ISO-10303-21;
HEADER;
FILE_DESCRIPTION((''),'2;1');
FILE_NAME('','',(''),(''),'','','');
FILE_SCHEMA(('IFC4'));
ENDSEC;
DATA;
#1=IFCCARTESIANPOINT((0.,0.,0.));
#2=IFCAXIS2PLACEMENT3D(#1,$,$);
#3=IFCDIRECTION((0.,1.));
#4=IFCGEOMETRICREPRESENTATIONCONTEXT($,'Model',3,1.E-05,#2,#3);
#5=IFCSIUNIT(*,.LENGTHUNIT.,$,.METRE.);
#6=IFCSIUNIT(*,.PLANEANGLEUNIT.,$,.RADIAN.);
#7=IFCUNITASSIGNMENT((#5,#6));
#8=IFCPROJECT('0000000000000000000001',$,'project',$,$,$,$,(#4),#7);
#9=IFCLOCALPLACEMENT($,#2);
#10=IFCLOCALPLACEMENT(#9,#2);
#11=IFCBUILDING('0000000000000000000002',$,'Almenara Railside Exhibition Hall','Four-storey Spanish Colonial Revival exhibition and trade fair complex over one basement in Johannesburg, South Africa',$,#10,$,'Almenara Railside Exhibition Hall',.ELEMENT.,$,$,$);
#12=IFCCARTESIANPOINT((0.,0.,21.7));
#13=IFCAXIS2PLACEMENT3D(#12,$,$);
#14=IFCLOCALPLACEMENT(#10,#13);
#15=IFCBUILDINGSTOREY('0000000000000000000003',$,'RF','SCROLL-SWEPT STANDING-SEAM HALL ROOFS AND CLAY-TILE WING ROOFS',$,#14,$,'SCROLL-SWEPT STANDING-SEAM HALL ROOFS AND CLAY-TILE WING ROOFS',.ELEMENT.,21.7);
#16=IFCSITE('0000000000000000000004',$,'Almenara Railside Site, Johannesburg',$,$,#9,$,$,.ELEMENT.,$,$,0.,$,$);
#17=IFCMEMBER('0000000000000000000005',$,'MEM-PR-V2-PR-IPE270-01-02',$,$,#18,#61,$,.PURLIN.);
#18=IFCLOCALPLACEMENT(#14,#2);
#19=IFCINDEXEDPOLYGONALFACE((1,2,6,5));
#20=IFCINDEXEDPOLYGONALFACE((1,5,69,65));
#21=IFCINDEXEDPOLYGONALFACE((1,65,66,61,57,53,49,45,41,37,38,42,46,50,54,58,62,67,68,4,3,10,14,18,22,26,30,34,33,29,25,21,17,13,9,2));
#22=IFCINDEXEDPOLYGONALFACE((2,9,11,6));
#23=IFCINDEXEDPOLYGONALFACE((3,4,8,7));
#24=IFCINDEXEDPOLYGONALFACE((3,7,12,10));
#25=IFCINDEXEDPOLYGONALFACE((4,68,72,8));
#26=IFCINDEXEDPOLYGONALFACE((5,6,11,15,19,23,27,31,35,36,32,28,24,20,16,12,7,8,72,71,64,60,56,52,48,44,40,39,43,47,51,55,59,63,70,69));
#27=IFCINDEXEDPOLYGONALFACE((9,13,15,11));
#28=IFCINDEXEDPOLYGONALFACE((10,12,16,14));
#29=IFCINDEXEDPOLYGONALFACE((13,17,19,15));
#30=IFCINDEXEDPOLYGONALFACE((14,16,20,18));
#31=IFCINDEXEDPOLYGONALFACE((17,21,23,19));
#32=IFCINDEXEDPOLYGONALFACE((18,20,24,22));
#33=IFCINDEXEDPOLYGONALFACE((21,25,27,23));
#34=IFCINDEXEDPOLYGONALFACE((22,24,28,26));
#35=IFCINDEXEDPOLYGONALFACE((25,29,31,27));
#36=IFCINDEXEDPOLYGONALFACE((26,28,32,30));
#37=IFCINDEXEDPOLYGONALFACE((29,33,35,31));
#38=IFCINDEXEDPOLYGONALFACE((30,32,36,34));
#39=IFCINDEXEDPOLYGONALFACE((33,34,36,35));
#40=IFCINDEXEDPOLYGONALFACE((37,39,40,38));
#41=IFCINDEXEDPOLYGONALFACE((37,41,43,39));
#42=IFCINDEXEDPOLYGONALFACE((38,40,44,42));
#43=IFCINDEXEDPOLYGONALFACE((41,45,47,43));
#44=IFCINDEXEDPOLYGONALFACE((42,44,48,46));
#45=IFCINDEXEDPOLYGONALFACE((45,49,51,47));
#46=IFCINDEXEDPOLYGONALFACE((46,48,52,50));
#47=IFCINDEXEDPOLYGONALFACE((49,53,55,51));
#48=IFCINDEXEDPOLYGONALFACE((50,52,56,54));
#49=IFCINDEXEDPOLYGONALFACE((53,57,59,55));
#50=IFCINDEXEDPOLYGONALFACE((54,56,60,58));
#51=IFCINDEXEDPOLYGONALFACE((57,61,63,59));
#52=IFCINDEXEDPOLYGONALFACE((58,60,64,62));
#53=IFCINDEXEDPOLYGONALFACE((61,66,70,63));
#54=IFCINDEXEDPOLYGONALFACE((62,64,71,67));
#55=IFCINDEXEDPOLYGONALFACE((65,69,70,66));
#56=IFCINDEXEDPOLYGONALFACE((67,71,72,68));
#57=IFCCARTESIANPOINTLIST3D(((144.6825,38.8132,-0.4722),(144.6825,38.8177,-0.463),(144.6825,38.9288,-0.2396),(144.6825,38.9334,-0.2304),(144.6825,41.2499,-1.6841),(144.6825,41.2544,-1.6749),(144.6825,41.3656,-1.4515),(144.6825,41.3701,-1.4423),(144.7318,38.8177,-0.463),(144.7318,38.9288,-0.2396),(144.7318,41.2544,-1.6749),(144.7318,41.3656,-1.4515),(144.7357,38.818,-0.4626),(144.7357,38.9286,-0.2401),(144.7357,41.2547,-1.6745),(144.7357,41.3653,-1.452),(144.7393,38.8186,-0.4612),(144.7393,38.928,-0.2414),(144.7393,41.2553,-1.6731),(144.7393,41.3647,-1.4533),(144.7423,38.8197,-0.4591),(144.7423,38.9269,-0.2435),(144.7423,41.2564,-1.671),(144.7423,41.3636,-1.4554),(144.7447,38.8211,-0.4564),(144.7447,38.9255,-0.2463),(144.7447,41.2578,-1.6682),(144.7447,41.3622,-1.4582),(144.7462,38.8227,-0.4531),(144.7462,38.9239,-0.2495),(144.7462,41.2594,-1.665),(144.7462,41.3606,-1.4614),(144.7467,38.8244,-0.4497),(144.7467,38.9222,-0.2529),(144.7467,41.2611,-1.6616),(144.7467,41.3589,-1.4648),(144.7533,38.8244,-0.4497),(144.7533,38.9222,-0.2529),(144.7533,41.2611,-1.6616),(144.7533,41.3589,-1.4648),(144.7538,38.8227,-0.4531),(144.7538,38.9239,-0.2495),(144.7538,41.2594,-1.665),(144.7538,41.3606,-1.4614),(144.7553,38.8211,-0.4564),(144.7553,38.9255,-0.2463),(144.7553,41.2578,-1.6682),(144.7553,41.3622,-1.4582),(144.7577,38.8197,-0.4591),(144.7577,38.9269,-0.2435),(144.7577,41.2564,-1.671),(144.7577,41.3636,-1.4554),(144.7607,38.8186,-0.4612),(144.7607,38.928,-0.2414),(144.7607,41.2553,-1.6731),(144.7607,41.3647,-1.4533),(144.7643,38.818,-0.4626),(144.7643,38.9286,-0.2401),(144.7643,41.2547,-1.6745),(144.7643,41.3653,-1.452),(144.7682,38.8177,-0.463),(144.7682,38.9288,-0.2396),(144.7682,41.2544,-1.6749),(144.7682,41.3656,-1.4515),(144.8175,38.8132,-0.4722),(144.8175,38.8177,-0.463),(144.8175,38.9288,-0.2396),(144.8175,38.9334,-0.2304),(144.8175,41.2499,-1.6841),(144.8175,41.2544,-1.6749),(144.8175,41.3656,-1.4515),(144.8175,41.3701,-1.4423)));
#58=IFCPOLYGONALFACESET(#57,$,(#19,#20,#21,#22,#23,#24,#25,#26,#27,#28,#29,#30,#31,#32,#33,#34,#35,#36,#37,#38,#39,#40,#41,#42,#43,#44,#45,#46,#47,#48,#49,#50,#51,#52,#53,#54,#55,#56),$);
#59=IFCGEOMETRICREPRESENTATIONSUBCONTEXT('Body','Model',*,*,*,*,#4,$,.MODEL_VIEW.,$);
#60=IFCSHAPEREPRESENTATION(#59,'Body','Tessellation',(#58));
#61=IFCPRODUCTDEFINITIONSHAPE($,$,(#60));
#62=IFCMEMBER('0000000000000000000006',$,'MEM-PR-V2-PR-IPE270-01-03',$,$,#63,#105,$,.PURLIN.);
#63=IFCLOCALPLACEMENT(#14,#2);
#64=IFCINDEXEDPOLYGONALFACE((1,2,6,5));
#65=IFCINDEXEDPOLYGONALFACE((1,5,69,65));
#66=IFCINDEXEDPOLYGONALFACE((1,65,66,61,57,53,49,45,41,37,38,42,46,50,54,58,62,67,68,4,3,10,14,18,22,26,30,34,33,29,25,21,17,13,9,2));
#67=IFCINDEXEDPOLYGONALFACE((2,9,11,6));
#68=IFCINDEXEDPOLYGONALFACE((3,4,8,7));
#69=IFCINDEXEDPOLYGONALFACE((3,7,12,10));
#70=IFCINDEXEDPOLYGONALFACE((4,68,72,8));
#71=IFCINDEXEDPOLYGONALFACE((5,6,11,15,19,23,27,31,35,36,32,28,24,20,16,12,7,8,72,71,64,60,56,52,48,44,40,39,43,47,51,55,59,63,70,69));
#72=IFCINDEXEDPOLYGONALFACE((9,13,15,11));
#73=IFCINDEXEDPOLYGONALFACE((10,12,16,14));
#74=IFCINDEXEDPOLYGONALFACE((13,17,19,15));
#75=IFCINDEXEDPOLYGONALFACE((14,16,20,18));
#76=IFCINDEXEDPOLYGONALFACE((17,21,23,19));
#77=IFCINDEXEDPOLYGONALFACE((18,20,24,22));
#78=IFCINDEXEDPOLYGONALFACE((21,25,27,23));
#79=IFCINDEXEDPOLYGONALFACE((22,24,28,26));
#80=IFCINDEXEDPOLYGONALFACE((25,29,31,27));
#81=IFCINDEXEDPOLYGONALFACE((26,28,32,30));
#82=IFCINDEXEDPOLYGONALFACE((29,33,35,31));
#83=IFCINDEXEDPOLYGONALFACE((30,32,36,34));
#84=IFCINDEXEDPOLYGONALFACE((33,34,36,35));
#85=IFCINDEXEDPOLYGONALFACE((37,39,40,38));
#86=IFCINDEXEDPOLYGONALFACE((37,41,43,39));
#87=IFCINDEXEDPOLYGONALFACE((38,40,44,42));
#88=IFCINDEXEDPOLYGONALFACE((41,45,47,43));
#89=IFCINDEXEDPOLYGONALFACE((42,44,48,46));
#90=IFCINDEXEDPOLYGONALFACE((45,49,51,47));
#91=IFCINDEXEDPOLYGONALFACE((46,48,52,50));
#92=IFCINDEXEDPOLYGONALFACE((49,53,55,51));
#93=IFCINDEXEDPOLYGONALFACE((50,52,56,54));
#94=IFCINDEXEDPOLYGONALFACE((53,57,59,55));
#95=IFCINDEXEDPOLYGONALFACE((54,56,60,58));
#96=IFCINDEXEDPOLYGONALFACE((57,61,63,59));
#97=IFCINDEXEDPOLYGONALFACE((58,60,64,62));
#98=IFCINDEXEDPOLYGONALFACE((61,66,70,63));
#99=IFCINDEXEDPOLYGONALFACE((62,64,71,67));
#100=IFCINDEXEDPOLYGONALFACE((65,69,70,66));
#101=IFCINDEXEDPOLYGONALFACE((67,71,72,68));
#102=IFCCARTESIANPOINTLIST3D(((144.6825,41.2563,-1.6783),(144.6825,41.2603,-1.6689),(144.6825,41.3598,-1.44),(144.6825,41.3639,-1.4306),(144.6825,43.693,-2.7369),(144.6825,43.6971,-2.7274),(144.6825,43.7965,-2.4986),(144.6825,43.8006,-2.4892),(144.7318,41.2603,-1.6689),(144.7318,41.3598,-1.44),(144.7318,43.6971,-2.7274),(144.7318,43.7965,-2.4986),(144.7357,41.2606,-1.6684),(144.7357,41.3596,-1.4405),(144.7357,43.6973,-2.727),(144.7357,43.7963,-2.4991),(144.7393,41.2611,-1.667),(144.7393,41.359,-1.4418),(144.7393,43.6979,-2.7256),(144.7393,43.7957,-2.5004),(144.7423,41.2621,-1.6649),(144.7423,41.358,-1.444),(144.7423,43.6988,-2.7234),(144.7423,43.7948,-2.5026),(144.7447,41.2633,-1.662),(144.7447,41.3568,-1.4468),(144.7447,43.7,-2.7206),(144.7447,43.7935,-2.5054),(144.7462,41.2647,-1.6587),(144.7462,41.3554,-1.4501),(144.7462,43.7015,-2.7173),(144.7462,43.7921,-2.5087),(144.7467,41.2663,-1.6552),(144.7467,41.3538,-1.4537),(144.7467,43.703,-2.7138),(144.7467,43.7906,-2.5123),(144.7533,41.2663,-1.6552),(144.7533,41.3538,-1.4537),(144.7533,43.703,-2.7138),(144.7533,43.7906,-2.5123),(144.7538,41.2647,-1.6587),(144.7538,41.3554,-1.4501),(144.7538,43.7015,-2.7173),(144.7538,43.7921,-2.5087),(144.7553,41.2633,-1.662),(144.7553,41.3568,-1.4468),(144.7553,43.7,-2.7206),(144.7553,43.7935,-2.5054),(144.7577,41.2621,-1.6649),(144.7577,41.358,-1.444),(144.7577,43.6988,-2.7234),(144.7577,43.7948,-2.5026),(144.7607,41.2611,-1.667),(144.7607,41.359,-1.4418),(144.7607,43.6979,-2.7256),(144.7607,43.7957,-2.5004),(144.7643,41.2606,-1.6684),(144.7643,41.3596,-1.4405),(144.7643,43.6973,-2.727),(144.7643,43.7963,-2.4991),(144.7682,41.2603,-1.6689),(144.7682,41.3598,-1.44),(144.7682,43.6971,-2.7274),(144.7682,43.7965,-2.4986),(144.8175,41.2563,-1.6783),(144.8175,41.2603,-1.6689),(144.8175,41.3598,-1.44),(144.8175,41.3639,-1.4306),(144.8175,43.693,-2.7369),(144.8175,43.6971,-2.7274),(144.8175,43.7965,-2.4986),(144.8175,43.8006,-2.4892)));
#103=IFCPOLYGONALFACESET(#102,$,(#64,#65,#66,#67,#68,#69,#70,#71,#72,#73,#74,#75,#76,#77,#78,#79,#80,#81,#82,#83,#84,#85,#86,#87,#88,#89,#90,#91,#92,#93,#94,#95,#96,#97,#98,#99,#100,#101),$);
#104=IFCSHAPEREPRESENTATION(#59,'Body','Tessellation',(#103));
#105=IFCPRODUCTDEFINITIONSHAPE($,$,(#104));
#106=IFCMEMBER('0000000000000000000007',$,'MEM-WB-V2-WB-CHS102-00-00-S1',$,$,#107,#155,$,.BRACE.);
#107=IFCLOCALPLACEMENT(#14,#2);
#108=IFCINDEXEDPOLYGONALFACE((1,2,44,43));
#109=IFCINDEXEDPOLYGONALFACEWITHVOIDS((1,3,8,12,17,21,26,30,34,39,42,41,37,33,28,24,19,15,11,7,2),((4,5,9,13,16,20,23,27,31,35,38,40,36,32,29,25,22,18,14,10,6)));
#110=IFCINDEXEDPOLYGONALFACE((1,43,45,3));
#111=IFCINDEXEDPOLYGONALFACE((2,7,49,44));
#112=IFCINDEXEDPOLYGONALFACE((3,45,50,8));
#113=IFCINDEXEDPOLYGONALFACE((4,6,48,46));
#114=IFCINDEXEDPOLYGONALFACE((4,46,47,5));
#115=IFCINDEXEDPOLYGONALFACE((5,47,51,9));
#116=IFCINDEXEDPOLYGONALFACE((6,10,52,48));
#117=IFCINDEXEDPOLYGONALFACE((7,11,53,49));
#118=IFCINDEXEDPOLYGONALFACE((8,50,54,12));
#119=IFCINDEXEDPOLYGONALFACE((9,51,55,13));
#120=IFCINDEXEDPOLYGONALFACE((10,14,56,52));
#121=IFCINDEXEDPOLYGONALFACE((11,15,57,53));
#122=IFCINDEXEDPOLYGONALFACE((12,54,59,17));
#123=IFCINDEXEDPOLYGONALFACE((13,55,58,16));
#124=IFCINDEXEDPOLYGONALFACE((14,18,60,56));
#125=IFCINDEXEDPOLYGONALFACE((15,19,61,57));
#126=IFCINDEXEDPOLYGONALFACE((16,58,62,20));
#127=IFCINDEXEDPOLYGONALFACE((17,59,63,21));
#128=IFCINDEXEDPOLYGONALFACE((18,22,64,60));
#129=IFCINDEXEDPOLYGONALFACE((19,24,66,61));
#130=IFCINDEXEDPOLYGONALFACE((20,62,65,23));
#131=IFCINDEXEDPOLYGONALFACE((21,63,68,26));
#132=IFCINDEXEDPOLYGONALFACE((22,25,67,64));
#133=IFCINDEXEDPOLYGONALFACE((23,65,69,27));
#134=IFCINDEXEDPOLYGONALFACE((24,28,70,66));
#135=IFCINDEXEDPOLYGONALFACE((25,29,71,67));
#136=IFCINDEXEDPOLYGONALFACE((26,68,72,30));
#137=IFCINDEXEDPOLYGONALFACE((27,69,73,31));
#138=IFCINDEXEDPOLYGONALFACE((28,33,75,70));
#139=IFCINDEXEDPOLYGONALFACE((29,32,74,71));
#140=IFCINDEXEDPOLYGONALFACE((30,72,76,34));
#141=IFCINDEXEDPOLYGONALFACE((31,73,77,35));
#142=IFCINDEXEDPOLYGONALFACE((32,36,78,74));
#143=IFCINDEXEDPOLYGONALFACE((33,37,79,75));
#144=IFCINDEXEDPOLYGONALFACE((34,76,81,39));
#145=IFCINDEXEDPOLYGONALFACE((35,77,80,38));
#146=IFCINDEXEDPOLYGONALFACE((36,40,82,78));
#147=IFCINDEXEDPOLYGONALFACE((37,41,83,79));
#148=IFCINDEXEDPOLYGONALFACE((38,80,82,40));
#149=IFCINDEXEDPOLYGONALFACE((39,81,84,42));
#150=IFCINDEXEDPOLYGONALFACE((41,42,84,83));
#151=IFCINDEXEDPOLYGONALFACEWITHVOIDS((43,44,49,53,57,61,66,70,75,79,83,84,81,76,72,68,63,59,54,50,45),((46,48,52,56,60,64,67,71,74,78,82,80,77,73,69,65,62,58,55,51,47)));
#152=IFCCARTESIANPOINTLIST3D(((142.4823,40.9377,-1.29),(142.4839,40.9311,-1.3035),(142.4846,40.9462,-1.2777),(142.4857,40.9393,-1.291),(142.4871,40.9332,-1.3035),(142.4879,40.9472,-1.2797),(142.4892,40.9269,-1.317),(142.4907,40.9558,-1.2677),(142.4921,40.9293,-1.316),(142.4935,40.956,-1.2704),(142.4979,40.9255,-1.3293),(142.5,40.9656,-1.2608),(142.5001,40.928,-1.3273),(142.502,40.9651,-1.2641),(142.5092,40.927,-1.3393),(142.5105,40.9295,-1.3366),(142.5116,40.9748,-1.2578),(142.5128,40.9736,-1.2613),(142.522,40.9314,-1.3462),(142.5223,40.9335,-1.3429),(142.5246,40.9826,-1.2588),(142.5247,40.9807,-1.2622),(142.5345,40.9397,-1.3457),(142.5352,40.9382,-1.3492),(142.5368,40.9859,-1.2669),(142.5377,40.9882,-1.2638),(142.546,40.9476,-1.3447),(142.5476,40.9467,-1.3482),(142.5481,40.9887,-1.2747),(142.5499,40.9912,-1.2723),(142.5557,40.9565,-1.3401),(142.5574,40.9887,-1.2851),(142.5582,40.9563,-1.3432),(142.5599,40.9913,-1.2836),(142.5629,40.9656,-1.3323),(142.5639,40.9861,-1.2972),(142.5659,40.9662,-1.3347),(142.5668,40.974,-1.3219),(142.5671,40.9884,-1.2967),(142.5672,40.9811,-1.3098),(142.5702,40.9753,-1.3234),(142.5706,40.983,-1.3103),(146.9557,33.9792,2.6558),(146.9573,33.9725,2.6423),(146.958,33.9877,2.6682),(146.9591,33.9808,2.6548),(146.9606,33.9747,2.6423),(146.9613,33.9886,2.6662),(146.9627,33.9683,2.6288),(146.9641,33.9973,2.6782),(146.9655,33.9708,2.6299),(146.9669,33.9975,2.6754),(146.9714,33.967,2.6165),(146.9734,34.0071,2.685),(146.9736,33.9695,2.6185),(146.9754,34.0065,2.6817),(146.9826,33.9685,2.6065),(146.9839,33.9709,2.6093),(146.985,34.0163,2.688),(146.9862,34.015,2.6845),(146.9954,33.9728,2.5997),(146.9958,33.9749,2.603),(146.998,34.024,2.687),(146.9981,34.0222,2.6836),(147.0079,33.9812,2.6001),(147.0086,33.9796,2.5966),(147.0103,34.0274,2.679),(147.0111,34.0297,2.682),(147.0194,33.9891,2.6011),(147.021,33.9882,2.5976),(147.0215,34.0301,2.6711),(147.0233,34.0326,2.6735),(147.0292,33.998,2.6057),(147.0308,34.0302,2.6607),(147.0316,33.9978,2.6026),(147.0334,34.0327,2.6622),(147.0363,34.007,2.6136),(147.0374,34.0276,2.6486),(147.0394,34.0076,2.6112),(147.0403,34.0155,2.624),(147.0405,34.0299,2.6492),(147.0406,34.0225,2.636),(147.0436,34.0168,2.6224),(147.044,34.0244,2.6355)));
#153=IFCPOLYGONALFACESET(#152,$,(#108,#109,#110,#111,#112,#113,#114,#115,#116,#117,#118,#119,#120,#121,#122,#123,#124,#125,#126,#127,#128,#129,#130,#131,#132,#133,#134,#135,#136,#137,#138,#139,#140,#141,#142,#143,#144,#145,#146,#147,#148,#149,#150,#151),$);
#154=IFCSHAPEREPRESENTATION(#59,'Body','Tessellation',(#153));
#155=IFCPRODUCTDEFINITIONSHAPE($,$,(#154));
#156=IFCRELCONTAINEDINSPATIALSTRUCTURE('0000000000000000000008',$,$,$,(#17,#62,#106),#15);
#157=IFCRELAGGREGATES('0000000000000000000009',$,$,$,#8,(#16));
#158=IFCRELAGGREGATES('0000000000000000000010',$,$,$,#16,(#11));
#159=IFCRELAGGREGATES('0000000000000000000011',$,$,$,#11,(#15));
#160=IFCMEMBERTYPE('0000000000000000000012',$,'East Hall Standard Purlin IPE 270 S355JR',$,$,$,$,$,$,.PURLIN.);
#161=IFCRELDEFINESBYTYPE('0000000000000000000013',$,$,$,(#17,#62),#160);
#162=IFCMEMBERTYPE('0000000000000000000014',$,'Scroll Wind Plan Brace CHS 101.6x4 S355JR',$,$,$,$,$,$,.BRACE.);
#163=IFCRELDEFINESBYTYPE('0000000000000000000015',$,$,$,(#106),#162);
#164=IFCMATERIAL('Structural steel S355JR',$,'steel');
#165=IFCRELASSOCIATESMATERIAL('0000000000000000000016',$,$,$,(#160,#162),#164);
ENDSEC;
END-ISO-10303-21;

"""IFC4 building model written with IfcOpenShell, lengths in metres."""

from ifc_helpers import new_model, si_unit, direction, frame, origin, origin_2d, place, context, subcontext, project, spatial, hollow_circle, i_section, extrude, material, material_profile, profile_set, type_object, element, save


model = new_model("IFC4")

# Units and contexts
model_context = context("Model", 3, precision=1e-05, world=origin(), true_north=direction((0.0, 1.0)))
body_context = subcontext(model_context, "Body", "Model", "MODEL_VIEW")
ifc_project = project(units=[si_unit("LENGTHUNIT", "METRE"), si_unit("PLANEANGLEUNIT", "RADIAN")], contexts=[model_context])

# Site, building, storey
site_placement = place(None, origin())
site = spatial("IfcSite", under=ifc_project, at=site_placement, Name="Almenara Railside Site, Johannesburg", CompositionType="ELEMENT", RefElevation=0.0)
building_placement = place(site_placement, origin())
building = spatial("IfcBuilding", under=site, at=building_placement, Name="Almenara Railside Exhibition Hall", Description="Four-storey Spanish Colonial Revival exhibition and trade fair complex over one basement in Johannesburg, South Africa", LongName="Almenara Railside Exhibition Hall", CompositionType="ELEMENT")
storey_placement = place(building_placement, frame((0.0, 0.0, 21.7)))
storey = spatial("IfcBuildingStorey", under=building, at=storey_placement, Name="RF", Description="SCROLL-SWEPT STANDING-SEAM HALL ROOFS AND CLAY-TILE WING ROOFS", LongName="SCROLL-SWEPT STANDING-SEAM HALL ROOFS AND CLAY-TILE WING ROOFS", CompositionType="ELEMENT", Elevation=21.7)

# Shared definitions
ifc_material_1 = material(Name="Structural steel S355JR", Category="steel")

# Members
ifc_material_profile_1 = material_profile(ifc_material_1, i_section(OverallWidth=0.135, OverallDepth=0.27, WebThickness=0.0066, FlangeThickness=0.0103, FilletRadius=0.0149, at=origin_2d()), Name="IPE 270")
ifc_profile_set_1 = profile_set([ifc_material_profile_1], Name="Structural steel S355JR")
member_type_1 = type_object("IfcMemberType", Name="East Hall Standard Purlin IPE 270 S355JR", PredefinedType="PURLIN", material=ifc_profile_set_1)
member_1_placement = place(storey_placement, frame((144.75, 38.8733, -0.3513), z_axis=(0.0, 0.895376, -0.445311), x_axis=(-1.0, 0.0, 0.0)))
element("IfcMember", 1, at=member_1_placement, inside=storey, type_object=member_type_1, Name="MEM-PR-V2-PR-IPE270-01-02", PredefinedType="PURLIN", context=body_context, shape_type="SweptSolid", body=[
    extrude(i_section(OverallWidth=0.135, OverallDepth=0.27, WebThickness=0.0066, FlangeThickness=0.0103, FilletRadius=0.0149, at=origin_2d()), origin(), (0.0, 0.0, 1.0), 2.7214),
])
member_2_placement = place(storey_placement, frame((144.75, 41.3101, -1.5544), z_axis=(0.0, 0.91719, -0.398451), x_axis=(-1.0, 0.0, 0.0)))
element("IfcMember", 2, at=member_2_placement, inside=storey, type_object=member_type_1, Name="MEM-PR-V2-PR-IPE270-01-03", PredefinedType="PURLIN", context=body_context, shape_type="SweptSolid", body=[
    extrude(i_section(OverallWidth=0.135, OverallDepth=0.27, WebThickness=0.0066, FlangeThickness=0.0103, FilletRadius=0.0149, at=origin_2d()), origin(), (0.0, 0.0, 1.0), 2.6567),
])
ifc_material_profile_2 = material_profile(ifc_material_1, hollow_circle(Radius=0.0508, WallThickness=0.0039, at=origin_2d()), Name="CHS 101.6x4")
ifc_profile_set_2 = profile_set([ifc_material_profile_2], Name="Structural steel S355JR")
member_type_2 = type_object("IfcMemberType", Name="Scroll Wind Plan Brace CHS 101.6x4 S355JR", PredefinedType="BRACE", material=ifc_profile_set_2)
member_3_placement = place(storey_placement, frame((147.0, 34.0, 2.6423), z_axis=(-0.488083, 0.759229, -0.430519), x_axis=(-0.841175, -0.540764, 0.0)))
element("IfcMember", 3, at=member_3_placement, inside=storey, type_object=member_type_2, Name="MEM-WB-V2-WB-CHS102-00-00-S1", PredefinedType="BRACE", context=body_context, shape_type="SweptSolid", body=[
    extrude(hollow_circle(Radius=0.0508, WallThickness=0.0039, at=origin_2d()), origin(), (0.0, 0.0, 1.0), 9.1653),
])

save(model, "model.ifc")
